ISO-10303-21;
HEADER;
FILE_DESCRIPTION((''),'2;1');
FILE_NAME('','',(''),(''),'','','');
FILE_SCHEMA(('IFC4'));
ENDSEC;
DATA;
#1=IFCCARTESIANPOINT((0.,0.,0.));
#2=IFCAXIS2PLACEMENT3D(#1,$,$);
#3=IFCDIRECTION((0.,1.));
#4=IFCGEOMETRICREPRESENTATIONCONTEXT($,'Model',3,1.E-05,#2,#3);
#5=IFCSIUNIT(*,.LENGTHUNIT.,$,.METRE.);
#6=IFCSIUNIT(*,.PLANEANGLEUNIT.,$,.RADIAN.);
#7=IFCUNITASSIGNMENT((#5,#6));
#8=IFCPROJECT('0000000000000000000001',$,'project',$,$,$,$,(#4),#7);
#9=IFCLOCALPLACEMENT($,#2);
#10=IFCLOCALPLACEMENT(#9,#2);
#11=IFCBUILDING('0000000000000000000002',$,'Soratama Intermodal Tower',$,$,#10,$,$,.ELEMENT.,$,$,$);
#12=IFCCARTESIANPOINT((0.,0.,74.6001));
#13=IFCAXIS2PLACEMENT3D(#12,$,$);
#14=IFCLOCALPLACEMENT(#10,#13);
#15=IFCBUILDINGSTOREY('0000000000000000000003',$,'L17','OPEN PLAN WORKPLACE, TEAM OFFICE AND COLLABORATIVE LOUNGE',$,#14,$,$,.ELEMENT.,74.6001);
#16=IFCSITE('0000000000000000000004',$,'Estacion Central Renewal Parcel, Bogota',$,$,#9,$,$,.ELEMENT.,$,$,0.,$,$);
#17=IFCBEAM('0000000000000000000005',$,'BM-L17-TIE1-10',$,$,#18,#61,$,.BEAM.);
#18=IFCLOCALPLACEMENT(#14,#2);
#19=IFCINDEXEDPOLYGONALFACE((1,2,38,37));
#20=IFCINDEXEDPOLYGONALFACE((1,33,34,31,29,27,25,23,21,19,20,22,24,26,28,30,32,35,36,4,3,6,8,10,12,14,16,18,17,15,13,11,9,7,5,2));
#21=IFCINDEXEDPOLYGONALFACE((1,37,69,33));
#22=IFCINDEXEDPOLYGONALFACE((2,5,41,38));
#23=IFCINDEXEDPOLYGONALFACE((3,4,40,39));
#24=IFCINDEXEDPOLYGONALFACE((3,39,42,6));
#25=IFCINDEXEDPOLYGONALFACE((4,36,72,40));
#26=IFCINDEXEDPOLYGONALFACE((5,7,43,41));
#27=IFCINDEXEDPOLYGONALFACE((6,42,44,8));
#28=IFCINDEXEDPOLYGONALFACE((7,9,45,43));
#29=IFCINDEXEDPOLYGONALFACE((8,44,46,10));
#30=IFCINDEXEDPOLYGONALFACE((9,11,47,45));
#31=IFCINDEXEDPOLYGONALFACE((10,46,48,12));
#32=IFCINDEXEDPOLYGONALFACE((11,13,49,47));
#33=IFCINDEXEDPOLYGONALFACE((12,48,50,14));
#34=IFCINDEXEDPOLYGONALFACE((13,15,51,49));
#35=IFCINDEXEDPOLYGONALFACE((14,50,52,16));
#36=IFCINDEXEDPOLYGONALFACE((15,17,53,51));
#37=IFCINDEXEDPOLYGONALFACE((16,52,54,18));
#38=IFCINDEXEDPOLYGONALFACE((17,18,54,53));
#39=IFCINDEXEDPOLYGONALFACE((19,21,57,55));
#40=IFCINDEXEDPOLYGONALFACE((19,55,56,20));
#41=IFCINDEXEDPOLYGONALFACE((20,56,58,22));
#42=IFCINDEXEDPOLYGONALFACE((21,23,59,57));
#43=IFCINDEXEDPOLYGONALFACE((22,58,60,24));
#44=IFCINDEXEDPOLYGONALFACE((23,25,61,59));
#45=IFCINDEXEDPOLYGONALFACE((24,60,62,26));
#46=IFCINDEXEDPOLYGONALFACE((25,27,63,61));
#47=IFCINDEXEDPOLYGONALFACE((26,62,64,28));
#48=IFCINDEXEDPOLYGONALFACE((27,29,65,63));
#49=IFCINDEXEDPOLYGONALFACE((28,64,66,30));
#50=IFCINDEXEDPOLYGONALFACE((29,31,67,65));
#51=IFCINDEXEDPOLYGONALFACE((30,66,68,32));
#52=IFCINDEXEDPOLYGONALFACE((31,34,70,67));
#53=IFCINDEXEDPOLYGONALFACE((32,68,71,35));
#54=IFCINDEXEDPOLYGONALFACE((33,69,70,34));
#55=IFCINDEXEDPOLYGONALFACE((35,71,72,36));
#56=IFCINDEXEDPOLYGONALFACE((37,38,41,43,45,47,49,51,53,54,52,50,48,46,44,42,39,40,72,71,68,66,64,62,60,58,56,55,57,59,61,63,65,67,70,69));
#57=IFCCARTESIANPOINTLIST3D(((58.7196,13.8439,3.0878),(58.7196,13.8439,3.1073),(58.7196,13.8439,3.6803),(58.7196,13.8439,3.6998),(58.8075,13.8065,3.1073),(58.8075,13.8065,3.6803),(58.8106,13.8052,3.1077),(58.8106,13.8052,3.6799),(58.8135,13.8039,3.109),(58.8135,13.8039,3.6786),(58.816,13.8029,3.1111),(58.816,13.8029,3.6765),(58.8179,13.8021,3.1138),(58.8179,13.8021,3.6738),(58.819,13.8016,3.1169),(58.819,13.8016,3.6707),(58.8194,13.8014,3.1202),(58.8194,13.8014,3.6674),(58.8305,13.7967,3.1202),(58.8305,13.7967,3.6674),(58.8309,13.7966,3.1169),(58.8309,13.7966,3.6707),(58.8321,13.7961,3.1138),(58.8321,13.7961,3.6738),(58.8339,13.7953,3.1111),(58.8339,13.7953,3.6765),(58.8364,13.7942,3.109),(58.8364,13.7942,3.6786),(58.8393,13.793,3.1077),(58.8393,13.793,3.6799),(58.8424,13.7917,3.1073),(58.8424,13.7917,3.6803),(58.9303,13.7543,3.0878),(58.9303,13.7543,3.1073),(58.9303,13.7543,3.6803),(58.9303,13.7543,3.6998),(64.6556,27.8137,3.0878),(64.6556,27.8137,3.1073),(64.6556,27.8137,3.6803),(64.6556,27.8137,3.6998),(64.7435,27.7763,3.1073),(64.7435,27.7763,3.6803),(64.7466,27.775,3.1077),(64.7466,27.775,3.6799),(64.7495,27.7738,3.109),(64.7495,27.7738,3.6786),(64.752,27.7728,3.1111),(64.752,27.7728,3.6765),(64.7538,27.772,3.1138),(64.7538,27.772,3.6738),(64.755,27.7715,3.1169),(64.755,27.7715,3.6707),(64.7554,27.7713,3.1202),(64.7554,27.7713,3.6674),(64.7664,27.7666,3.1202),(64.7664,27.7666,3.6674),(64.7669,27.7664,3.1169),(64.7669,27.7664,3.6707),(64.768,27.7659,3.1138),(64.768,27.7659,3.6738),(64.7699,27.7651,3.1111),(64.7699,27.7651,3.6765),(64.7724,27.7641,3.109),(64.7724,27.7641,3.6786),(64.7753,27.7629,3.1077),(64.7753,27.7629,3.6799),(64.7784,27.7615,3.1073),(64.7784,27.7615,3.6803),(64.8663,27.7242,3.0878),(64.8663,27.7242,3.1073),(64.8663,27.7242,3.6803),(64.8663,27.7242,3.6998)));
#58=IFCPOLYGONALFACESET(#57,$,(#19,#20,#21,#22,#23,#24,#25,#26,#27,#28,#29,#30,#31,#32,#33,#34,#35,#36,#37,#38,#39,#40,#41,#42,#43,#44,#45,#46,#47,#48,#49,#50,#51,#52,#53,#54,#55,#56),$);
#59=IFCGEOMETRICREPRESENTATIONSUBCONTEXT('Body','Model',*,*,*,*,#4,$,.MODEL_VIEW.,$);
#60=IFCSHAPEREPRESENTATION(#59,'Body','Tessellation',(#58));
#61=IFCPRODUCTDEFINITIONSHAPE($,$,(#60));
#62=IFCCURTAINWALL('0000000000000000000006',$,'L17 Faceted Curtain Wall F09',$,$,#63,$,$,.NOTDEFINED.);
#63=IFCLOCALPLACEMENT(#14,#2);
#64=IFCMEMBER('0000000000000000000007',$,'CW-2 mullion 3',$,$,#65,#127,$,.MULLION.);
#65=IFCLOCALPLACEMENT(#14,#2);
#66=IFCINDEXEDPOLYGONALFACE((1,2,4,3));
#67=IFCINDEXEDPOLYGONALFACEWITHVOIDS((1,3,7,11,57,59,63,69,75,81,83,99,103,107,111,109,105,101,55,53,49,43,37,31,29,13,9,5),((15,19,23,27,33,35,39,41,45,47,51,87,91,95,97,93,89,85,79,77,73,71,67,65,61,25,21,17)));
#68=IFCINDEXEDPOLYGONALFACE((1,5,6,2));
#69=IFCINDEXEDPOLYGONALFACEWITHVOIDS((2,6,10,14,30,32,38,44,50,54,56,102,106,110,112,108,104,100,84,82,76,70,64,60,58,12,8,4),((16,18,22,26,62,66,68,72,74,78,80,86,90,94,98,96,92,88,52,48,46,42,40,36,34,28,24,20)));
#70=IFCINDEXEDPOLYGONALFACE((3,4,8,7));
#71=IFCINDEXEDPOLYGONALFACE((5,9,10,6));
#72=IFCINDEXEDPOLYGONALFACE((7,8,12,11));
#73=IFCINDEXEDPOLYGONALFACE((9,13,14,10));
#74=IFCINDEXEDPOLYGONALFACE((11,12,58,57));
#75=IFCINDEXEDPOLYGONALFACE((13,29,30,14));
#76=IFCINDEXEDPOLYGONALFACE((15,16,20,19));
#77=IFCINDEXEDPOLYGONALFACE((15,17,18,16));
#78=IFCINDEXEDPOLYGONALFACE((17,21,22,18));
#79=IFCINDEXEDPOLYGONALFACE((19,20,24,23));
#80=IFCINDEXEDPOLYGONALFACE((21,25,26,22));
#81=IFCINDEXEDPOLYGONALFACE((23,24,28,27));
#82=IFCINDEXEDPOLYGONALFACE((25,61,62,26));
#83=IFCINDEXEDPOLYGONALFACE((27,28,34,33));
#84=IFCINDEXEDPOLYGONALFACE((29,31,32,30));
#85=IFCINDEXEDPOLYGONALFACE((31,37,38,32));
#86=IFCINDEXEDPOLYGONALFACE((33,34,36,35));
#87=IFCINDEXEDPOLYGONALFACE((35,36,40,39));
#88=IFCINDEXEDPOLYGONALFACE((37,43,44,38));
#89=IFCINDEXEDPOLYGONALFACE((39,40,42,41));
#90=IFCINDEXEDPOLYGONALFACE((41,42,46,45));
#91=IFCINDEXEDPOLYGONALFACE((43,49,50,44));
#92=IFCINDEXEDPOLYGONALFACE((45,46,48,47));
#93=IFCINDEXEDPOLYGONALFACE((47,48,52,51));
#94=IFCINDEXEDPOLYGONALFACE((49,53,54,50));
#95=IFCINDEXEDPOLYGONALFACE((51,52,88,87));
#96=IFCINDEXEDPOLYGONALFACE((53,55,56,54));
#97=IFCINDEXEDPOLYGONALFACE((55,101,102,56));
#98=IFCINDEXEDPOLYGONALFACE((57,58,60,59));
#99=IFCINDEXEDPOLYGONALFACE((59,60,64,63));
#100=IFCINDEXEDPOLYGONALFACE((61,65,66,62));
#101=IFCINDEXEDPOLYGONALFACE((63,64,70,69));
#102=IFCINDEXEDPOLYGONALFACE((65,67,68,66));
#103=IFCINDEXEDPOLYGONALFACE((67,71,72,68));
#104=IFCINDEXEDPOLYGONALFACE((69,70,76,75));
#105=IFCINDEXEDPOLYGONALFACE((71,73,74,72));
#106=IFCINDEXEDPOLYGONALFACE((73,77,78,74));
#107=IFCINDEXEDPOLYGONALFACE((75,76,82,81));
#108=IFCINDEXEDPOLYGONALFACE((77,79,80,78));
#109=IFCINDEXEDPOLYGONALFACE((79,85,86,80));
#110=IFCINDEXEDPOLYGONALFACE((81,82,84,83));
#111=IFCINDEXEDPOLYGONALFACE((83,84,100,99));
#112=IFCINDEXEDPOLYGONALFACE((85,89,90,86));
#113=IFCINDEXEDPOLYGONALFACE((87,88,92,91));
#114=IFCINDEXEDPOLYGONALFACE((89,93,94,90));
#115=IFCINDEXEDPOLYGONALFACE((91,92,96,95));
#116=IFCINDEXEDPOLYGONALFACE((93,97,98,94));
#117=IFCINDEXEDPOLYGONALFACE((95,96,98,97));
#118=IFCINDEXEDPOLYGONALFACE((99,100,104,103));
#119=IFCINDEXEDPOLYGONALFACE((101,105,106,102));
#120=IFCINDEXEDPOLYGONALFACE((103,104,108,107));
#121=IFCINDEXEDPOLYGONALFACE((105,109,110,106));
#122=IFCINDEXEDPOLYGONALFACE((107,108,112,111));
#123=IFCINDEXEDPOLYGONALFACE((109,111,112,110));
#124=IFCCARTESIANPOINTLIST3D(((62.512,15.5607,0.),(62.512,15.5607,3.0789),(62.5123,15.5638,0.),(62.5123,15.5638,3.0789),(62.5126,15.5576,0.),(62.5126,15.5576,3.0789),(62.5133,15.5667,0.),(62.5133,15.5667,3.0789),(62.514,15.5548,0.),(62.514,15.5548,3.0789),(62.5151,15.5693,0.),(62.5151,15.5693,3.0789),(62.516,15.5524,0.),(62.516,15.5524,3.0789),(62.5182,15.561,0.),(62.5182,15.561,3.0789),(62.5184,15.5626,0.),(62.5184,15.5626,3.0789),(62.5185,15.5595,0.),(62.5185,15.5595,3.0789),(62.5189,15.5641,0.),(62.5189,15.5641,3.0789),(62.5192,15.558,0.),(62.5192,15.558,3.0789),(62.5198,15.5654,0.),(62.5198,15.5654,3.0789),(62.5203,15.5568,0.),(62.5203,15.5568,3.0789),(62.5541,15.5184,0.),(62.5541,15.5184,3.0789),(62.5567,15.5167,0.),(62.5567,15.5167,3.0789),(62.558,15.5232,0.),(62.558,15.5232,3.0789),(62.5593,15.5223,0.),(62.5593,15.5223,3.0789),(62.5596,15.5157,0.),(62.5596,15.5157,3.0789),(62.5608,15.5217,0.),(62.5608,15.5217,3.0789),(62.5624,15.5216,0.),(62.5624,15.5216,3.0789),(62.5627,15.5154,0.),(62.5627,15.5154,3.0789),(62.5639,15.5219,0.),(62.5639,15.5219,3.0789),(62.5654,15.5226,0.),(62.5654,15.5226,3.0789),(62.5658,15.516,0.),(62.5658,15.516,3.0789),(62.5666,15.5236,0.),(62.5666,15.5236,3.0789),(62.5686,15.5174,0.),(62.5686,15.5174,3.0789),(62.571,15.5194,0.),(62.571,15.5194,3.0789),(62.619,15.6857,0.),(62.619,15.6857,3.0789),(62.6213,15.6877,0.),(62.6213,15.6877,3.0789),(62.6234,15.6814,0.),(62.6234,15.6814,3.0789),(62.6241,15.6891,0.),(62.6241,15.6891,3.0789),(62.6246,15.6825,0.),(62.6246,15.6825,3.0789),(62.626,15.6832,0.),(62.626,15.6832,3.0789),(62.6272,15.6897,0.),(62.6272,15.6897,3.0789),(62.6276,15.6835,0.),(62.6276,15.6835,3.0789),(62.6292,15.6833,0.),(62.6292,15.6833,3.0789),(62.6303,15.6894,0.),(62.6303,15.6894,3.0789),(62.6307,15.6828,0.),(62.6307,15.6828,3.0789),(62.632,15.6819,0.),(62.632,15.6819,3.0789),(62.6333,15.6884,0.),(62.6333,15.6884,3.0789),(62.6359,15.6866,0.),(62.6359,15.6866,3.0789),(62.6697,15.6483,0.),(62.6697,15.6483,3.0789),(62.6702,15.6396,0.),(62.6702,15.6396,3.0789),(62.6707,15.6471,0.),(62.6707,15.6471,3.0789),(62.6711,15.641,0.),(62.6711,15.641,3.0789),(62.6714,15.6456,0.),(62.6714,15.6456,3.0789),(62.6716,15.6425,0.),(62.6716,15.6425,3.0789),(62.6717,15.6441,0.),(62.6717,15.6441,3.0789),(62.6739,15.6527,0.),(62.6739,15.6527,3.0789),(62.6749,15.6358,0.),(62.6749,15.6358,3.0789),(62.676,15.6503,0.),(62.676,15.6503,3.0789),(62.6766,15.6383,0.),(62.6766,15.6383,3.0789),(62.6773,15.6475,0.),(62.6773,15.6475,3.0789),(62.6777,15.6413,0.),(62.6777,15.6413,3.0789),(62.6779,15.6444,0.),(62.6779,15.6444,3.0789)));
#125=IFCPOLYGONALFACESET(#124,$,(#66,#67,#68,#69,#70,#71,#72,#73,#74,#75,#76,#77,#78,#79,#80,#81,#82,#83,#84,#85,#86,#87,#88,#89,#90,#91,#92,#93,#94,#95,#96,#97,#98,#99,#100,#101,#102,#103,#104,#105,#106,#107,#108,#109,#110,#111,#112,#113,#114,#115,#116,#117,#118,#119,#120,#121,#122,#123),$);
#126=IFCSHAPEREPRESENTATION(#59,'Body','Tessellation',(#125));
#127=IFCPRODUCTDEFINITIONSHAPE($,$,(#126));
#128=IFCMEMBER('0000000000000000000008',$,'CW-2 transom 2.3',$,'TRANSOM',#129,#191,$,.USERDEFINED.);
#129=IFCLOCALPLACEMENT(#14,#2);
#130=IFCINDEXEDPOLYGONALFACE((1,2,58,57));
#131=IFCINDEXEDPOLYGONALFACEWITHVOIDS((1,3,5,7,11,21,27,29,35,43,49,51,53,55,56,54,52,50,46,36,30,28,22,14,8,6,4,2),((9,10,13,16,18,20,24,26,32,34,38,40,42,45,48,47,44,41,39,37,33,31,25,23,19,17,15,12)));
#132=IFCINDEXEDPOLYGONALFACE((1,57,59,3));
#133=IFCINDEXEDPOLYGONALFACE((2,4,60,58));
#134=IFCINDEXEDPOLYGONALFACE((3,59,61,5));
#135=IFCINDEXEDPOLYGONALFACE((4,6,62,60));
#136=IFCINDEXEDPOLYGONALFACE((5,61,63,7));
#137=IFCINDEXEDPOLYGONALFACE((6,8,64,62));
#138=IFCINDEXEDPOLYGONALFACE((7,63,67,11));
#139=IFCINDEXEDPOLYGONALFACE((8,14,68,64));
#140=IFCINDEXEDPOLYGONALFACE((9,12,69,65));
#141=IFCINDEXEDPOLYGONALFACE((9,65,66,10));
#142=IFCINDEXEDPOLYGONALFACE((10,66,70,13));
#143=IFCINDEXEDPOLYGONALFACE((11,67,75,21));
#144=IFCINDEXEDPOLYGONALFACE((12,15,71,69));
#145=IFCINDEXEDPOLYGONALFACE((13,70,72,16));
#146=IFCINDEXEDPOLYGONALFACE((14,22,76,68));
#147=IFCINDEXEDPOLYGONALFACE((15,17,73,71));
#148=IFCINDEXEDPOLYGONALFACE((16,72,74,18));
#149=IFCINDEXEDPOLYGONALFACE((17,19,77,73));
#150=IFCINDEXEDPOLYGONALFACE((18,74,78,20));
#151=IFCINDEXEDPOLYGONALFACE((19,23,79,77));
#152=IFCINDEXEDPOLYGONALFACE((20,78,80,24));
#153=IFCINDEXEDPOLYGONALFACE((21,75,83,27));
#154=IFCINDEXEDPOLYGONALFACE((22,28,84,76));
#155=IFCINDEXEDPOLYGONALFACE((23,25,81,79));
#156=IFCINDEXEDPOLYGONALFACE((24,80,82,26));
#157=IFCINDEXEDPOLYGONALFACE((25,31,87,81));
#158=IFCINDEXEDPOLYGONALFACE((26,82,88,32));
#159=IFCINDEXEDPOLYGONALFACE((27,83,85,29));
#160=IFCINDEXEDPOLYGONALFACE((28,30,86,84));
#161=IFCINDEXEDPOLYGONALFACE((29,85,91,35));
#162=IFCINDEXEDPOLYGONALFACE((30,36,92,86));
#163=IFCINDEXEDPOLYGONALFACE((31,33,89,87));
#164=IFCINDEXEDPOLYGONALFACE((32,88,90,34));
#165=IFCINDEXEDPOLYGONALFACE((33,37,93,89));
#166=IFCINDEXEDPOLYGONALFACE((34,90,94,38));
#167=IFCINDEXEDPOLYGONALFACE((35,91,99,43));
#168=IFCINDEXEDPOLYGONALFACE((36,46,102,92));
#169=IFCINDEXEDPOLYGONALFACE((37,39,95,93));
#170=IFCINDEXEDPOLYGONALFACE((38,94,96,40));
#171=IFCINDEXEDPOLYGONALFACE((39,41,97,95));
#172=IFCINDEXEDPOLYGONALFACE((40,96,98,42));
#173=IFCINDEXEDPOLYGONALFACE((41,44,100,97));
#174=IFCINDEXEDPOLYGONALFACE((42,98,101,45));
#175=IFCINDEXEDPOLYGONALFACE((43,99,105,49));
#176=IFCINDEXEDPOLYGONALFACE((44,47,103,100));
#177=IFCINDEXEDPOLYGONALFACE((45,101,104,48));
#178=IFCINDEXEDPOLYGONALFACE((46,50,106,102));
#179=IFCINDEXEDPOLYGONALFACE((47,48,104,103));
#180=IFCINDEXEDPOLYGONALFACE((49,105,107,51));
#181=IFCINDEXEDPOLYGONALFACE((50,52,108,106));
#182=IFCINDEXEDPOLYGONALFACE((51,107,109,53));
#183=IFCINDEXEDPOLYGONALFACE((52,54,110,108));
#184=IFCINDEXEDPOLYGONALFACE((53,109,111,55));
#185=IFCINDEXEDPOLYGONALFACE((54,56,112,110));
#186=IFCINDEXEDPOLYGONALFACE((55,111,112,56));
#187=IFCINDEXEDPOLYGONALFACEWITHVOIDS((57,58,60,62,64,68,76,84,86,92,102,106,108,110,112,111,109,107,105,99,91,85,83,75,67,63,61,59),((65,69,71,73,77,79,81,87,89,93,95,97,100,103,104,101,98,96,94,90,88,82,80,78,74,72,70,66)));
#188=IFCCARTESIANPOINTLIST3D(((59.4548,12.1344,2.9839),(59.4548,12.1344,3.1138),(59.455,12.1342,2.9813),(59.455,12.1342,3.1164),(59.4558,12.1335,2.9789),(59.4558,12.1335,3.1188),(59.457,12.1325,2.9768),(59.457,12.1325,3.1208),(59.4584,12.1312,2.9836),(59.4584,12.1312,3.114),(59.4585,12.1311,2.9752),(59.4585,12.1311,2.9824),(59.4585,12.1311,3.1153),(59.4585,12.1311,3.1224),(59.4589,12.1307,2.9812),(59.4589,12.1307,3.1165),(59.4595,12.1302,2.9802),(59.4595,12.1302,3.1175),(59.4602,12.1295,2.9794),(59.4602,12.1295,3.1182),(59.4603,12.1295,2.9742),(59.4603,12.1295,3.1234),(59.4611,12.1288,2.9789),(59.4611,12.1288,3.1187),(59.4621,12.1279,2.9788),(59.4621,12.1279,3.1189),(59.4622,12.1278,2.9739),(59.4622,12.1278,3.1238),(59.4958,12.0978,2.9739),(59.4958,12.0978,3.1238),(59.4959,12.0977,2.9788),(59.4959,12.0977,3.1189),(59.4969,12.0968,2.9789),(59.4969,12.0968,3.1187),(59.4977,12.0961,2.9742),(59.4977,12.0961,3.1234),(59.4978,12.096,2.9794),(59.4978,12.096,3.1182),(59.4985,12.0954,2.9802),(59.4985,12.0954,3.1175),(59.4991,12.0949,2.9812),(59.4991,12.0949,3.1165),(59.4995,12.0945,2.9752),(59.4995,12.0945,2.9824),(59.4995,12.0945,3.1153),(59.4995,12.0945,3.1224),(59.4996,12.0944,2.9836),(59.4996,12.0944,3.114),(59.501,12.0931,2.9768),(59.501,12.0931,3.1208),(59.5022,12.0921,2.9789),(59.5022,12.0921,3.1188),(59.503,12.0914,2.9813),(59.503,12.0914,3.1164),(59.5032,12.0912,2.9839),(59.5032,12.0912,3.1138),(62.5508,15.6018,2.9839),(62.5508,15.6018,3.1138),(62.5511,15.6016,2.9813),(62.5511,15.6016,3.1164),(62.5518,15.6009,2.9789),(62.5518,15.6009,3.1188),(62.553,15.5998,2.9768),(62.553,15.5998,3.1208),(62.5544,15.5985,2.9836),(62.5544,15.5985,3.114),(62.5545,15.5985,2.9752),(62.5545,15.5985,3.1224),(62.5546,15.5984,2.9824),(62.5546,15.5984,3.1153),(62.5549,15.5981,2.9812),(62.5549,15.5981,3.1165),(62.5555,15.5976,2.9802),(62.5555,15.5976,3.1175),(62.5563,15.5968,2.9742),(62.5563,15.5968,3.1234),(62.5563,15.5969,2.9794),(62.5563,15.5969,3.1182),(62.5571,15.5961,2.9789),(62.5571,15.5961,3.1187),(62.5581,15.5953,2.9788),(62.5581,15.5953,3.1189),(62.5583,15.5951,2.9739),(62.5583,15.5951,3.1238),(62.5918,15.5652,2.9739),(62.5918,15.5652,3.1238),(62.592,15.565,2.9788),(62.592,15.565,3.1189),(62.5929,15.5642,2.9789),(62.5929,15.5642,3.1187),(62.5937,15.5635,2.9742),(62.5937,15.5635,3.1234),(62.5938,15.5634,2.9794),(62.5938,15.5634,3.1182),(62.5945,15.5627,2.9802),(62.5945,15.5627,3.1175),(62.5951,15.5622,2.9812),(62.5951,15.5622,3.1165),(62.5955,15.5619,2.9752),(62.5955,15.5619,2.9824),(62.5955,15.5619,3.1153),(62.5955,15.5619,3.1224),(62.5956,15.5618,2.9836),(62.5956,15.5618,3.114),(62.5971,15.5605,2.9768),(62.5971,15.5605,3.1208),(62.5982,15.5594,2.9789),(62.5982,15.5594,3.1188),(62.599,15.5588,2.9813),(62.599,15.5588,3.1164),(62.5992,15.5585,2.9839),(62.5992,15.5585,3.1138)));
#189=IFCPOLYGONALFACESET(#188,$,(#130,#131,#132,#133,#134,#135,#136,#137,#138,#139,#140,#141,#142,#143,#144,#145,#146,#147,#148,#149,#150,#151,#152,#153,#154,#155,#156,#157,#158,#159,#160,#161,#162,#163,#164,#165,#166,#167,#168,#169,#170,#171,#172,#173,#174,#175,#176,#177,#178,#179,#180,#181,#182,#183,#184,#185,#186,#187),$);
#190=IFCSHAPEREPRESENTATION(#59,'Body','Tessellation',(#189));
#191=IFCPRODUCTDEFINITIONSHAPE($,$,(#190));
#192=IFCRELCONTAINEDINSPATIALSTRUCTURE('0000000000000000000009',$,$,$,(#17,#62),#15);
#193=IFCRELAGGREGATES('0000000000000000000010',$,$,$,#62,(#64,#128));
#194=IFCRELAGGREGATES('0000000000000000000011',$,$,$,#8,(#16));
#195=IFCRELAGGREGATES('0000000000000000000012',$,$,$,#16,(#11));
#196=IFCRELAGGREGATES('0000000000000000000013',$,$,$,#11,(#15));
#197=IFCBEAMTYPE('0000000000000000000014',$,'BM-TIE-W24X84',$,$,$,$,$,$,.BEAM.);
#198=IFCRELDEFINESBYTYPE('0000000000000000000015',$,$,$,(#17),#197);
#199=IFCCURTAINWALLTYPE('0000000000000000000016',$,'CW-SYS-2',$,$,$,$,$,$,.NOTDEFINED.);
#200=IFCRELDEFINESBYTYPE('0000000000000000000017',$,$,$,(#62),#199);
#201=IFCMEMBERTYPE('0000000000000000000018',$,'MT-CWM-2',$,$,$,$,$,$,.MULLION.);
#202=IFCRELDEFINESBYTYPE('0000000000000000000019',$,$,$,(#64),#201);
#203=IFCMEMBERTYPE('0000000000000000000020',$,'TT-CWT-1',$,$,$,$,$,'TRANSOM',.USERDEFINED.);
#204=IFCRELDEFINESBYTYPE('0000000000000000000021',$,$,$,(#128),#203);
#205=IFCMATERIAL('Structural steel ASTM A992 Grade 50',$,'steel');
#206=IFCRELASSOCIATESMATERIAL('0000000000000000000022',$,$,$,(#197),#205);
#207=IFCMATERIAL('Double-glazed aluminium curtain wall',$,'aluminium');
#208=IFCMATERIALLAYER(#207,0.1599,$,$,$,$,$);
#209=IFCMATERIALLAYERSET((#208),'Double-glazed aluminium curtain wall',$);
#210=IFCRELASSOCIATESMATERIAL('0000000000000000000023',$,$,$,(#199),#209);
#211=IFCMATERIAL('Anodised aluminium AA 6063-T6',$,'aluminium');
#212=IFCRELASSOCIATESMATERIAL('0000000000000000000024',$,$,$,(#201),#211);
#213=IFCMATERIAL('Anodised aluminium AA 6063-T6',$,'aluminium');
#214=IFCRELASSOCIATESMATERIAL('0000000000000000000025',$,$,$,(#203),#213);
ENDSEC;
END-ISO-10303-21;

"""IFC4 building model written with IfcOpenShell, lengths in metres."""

from ifc_helpers import new_model, si_unit, direction, frame, origin, origin_2d, place, context, subcontext, project, spatial, hollow_rectangle, i_section, extrude, material, layer, layer_set, material_profile, profile_set, type_object, element, aggregate, save


model = new_model("IFC4")

# Units and contexts
model_context = context("Model", 3, precision=1e-05, world=origin(), true_north=direction((0.0, 1.0)))
body_context = subcontext(model_context, "Body", "Model", "MODEL_VIEW")
ifc_project = project(units=[si_unit("LENGTHUNIT", "METRE"), si_unit("PLANEANGLEUNIT", "RADIAN")], contexts=[model_context])

# Site, building, storey
site_placement = place(None, origin())
site = spatial("IfcSite", under=ifc_project, at=site_placement, Name="Estacion Central Renewal Parcel, Bogota", CompositionType="ELEMENT", RefElevation=0.0)
building_placement = place(site_placement, origin())
building = spatial("IfcBuilding", under=site, at=building_placement, Name="Soratama Intermodal Tower", CompositionType="ELEMENT")
storey_placement = place(building_placement, frame((0.0, 0.0, 74.6001)))
storey = spatial("IfcBuildingStorey", under=building, at=storey_placement, Name="L17", Description="OPEN PLAN WORKPLACE, TEAM OFFICE AND COLLABORATIVE LOUNGE", CompositionType="ELEMENT", Elevation=74.6001)

# Beam
ifc_material_1 = material(Name="Structural steel ASTM A992 Grade 50", Category="steel")
ifc_material_profile_1 = material_profile(ifc_material_1, i_section(OverallWidth=0.229, OverallDepth=0.6121, WebThickness=0.012, FlangeThickness=0.0195, FilletRadius=0.0129, at=origin_2d()), Name="W24X84")
ifc_profile_set_1 = profile_set([ifc_material_profile_1], Name="Structural steel ASTM A992 Grade 50")
beam_type_1 = type_object("IfcBeamType", Name="BM-TIE-W24X84", PredefinedType="BEAM", material=ifc_profile_set_1)
beam_1_placement = place(storey_placement, frame((58.825, 13.7991, 3.3938), z_axis=(0.391074, 0.920359, 0.0), x_axis=(-0.920359, 0.391074, 0.0)))
element("IfcBeam", 1, at=beam_1_placement, inside=storey, type_object=beam_type_1, Name="BM-L17-TIE1-10", PredefinedType="BEAM", context=body_context, shape_type="SweptSolid", body=[
    extrude(i_section(OverallWidth=0.229, OverallDepth=0.6121, WebThickness=0.012, FlangeThickness=0.0195, FilletRadius=0.0129, at=origin_2d()), origin(), (0.0, 0.0, 1.0), 15.1787),
])

# Curtain wall, members
ifc_material_2 = material(Name="Double-glazed aluminium curtain wall", Category="aluminium")
ifc_layer_1 = layer(ifc_material_2, 0.1599)
ifc_layer_set_1 = layer_set([ifc_layer_1], Name="Double-glazed aluminium curtain wall")
curtain_wall_type = type_object("IfcCurtainWallType", Name="CW-SYS-2", PredefinedType="NOTDEFINED", material=ifc_layer_set_1)
curtain_wall_placement = place(storey_placement, origin())
curtain_wall = element("IfcCurtainWall", 2, at=curtain_wall_placement, inside=storey, type_object=curtain_wall_type, Name="L17 Faceted Curtain Wall F09", PredefinedType="NOTDEFINED")
ifc_material_3 = material(Name="Anodised aluminium AA 6063-T6", Category="aluminium")
ifc_material_profile_2 = material_profile(ifc_material_3, hollow_rectangle(XDim=0.075, YDim=0.1799, WallThickness=0.0061, InnerFilletRadius=0.0061, OuterFilletRadius=0.012, at=origin_2d()), Name="CWM180X75X6")
ifc_profile_set_2 = profile_set([ifc_material_profile_2], Name="Anodised aluminium AA 6063-T6")
member_type_1 = type_object("IfcMemberType", Name="MT-CWM-2", PredefinedType="MULLION", material=ifc_profile_set_2)
member_1_placement = place(storey_placement, frame((62.595, 15.6025, 0.0), z_axis=(0.0, 0.0, 1.0), x_axis=(-0.745937, 0.666017, 0.0)))
member_1 = element("IfcMember", 3, at=member_1_placement, type_object=member_type_1, Name="CW-2 mullion 3", PredefinedType="MULLION", context=body_context, shape_type="SweptSolid", body=[
    extrude(hollow_rectangle(XDim=0.075, YDim=0.1799, WallThickness=0.0061, InnerFilletRadius=0.0061, OuterFilletRadius=0.012, at=origin_2d()), origin(), (0.0, 0.0, 1.0), 3.0789),
])
ifc_material_4 = material(Name="Anodised aluminium AA 6063-T6", Category="aluminium")
ifc_material_profile_3 = material_profile(ifc_material_4, hollow_rectangle(XDim=0.0649, YDim=0.1499, WallThickness=0.0049, InnerFilletRadius=0.0049, OuterFilletRadius=0.01, at=origin_2d()), Name="CWT150X65X5")
ifc_profile_set_3 = profile_set([ifc_material_profile_3], Name="Anodised aluminium AA 6063-T6")
member_type_2 = type_object("IfcMemberType", Name="TT-CWT-1", ElementType="TRANSOM", PredefinedType="USERDEFINED", material=ifc_profile_set_3)
member_2_placement = place(storey_placement, frame((59.479, 12.1128, 3.0488), z_axis=(0.666035, 0.745921, 0.0), x_axis=(-0.745921, 0.666035, 0.0)))
member_2 = element("IfcMember", 4, at=member_2_placement, type_object=member_type_2, Name="CW-2 transom 2.3", ObjectType="TRANSOM", PredefinedType="USERDEFINED", context=body_context, shape_type="SweptSolid", body=[
    extrude(hollow_rectangle(XDim=0.0649, YDim=0.1499, WallThickness=0.0049, InnerFilletRadius=0.0049, OuterFilletRadius=0.01, at=origin_2d()), origin(), (0.0, 0.0, 1.0), 4.6484),
])
aggregate(curtain_wall, [member_1, member_2])

save(model, "model.ifc")
